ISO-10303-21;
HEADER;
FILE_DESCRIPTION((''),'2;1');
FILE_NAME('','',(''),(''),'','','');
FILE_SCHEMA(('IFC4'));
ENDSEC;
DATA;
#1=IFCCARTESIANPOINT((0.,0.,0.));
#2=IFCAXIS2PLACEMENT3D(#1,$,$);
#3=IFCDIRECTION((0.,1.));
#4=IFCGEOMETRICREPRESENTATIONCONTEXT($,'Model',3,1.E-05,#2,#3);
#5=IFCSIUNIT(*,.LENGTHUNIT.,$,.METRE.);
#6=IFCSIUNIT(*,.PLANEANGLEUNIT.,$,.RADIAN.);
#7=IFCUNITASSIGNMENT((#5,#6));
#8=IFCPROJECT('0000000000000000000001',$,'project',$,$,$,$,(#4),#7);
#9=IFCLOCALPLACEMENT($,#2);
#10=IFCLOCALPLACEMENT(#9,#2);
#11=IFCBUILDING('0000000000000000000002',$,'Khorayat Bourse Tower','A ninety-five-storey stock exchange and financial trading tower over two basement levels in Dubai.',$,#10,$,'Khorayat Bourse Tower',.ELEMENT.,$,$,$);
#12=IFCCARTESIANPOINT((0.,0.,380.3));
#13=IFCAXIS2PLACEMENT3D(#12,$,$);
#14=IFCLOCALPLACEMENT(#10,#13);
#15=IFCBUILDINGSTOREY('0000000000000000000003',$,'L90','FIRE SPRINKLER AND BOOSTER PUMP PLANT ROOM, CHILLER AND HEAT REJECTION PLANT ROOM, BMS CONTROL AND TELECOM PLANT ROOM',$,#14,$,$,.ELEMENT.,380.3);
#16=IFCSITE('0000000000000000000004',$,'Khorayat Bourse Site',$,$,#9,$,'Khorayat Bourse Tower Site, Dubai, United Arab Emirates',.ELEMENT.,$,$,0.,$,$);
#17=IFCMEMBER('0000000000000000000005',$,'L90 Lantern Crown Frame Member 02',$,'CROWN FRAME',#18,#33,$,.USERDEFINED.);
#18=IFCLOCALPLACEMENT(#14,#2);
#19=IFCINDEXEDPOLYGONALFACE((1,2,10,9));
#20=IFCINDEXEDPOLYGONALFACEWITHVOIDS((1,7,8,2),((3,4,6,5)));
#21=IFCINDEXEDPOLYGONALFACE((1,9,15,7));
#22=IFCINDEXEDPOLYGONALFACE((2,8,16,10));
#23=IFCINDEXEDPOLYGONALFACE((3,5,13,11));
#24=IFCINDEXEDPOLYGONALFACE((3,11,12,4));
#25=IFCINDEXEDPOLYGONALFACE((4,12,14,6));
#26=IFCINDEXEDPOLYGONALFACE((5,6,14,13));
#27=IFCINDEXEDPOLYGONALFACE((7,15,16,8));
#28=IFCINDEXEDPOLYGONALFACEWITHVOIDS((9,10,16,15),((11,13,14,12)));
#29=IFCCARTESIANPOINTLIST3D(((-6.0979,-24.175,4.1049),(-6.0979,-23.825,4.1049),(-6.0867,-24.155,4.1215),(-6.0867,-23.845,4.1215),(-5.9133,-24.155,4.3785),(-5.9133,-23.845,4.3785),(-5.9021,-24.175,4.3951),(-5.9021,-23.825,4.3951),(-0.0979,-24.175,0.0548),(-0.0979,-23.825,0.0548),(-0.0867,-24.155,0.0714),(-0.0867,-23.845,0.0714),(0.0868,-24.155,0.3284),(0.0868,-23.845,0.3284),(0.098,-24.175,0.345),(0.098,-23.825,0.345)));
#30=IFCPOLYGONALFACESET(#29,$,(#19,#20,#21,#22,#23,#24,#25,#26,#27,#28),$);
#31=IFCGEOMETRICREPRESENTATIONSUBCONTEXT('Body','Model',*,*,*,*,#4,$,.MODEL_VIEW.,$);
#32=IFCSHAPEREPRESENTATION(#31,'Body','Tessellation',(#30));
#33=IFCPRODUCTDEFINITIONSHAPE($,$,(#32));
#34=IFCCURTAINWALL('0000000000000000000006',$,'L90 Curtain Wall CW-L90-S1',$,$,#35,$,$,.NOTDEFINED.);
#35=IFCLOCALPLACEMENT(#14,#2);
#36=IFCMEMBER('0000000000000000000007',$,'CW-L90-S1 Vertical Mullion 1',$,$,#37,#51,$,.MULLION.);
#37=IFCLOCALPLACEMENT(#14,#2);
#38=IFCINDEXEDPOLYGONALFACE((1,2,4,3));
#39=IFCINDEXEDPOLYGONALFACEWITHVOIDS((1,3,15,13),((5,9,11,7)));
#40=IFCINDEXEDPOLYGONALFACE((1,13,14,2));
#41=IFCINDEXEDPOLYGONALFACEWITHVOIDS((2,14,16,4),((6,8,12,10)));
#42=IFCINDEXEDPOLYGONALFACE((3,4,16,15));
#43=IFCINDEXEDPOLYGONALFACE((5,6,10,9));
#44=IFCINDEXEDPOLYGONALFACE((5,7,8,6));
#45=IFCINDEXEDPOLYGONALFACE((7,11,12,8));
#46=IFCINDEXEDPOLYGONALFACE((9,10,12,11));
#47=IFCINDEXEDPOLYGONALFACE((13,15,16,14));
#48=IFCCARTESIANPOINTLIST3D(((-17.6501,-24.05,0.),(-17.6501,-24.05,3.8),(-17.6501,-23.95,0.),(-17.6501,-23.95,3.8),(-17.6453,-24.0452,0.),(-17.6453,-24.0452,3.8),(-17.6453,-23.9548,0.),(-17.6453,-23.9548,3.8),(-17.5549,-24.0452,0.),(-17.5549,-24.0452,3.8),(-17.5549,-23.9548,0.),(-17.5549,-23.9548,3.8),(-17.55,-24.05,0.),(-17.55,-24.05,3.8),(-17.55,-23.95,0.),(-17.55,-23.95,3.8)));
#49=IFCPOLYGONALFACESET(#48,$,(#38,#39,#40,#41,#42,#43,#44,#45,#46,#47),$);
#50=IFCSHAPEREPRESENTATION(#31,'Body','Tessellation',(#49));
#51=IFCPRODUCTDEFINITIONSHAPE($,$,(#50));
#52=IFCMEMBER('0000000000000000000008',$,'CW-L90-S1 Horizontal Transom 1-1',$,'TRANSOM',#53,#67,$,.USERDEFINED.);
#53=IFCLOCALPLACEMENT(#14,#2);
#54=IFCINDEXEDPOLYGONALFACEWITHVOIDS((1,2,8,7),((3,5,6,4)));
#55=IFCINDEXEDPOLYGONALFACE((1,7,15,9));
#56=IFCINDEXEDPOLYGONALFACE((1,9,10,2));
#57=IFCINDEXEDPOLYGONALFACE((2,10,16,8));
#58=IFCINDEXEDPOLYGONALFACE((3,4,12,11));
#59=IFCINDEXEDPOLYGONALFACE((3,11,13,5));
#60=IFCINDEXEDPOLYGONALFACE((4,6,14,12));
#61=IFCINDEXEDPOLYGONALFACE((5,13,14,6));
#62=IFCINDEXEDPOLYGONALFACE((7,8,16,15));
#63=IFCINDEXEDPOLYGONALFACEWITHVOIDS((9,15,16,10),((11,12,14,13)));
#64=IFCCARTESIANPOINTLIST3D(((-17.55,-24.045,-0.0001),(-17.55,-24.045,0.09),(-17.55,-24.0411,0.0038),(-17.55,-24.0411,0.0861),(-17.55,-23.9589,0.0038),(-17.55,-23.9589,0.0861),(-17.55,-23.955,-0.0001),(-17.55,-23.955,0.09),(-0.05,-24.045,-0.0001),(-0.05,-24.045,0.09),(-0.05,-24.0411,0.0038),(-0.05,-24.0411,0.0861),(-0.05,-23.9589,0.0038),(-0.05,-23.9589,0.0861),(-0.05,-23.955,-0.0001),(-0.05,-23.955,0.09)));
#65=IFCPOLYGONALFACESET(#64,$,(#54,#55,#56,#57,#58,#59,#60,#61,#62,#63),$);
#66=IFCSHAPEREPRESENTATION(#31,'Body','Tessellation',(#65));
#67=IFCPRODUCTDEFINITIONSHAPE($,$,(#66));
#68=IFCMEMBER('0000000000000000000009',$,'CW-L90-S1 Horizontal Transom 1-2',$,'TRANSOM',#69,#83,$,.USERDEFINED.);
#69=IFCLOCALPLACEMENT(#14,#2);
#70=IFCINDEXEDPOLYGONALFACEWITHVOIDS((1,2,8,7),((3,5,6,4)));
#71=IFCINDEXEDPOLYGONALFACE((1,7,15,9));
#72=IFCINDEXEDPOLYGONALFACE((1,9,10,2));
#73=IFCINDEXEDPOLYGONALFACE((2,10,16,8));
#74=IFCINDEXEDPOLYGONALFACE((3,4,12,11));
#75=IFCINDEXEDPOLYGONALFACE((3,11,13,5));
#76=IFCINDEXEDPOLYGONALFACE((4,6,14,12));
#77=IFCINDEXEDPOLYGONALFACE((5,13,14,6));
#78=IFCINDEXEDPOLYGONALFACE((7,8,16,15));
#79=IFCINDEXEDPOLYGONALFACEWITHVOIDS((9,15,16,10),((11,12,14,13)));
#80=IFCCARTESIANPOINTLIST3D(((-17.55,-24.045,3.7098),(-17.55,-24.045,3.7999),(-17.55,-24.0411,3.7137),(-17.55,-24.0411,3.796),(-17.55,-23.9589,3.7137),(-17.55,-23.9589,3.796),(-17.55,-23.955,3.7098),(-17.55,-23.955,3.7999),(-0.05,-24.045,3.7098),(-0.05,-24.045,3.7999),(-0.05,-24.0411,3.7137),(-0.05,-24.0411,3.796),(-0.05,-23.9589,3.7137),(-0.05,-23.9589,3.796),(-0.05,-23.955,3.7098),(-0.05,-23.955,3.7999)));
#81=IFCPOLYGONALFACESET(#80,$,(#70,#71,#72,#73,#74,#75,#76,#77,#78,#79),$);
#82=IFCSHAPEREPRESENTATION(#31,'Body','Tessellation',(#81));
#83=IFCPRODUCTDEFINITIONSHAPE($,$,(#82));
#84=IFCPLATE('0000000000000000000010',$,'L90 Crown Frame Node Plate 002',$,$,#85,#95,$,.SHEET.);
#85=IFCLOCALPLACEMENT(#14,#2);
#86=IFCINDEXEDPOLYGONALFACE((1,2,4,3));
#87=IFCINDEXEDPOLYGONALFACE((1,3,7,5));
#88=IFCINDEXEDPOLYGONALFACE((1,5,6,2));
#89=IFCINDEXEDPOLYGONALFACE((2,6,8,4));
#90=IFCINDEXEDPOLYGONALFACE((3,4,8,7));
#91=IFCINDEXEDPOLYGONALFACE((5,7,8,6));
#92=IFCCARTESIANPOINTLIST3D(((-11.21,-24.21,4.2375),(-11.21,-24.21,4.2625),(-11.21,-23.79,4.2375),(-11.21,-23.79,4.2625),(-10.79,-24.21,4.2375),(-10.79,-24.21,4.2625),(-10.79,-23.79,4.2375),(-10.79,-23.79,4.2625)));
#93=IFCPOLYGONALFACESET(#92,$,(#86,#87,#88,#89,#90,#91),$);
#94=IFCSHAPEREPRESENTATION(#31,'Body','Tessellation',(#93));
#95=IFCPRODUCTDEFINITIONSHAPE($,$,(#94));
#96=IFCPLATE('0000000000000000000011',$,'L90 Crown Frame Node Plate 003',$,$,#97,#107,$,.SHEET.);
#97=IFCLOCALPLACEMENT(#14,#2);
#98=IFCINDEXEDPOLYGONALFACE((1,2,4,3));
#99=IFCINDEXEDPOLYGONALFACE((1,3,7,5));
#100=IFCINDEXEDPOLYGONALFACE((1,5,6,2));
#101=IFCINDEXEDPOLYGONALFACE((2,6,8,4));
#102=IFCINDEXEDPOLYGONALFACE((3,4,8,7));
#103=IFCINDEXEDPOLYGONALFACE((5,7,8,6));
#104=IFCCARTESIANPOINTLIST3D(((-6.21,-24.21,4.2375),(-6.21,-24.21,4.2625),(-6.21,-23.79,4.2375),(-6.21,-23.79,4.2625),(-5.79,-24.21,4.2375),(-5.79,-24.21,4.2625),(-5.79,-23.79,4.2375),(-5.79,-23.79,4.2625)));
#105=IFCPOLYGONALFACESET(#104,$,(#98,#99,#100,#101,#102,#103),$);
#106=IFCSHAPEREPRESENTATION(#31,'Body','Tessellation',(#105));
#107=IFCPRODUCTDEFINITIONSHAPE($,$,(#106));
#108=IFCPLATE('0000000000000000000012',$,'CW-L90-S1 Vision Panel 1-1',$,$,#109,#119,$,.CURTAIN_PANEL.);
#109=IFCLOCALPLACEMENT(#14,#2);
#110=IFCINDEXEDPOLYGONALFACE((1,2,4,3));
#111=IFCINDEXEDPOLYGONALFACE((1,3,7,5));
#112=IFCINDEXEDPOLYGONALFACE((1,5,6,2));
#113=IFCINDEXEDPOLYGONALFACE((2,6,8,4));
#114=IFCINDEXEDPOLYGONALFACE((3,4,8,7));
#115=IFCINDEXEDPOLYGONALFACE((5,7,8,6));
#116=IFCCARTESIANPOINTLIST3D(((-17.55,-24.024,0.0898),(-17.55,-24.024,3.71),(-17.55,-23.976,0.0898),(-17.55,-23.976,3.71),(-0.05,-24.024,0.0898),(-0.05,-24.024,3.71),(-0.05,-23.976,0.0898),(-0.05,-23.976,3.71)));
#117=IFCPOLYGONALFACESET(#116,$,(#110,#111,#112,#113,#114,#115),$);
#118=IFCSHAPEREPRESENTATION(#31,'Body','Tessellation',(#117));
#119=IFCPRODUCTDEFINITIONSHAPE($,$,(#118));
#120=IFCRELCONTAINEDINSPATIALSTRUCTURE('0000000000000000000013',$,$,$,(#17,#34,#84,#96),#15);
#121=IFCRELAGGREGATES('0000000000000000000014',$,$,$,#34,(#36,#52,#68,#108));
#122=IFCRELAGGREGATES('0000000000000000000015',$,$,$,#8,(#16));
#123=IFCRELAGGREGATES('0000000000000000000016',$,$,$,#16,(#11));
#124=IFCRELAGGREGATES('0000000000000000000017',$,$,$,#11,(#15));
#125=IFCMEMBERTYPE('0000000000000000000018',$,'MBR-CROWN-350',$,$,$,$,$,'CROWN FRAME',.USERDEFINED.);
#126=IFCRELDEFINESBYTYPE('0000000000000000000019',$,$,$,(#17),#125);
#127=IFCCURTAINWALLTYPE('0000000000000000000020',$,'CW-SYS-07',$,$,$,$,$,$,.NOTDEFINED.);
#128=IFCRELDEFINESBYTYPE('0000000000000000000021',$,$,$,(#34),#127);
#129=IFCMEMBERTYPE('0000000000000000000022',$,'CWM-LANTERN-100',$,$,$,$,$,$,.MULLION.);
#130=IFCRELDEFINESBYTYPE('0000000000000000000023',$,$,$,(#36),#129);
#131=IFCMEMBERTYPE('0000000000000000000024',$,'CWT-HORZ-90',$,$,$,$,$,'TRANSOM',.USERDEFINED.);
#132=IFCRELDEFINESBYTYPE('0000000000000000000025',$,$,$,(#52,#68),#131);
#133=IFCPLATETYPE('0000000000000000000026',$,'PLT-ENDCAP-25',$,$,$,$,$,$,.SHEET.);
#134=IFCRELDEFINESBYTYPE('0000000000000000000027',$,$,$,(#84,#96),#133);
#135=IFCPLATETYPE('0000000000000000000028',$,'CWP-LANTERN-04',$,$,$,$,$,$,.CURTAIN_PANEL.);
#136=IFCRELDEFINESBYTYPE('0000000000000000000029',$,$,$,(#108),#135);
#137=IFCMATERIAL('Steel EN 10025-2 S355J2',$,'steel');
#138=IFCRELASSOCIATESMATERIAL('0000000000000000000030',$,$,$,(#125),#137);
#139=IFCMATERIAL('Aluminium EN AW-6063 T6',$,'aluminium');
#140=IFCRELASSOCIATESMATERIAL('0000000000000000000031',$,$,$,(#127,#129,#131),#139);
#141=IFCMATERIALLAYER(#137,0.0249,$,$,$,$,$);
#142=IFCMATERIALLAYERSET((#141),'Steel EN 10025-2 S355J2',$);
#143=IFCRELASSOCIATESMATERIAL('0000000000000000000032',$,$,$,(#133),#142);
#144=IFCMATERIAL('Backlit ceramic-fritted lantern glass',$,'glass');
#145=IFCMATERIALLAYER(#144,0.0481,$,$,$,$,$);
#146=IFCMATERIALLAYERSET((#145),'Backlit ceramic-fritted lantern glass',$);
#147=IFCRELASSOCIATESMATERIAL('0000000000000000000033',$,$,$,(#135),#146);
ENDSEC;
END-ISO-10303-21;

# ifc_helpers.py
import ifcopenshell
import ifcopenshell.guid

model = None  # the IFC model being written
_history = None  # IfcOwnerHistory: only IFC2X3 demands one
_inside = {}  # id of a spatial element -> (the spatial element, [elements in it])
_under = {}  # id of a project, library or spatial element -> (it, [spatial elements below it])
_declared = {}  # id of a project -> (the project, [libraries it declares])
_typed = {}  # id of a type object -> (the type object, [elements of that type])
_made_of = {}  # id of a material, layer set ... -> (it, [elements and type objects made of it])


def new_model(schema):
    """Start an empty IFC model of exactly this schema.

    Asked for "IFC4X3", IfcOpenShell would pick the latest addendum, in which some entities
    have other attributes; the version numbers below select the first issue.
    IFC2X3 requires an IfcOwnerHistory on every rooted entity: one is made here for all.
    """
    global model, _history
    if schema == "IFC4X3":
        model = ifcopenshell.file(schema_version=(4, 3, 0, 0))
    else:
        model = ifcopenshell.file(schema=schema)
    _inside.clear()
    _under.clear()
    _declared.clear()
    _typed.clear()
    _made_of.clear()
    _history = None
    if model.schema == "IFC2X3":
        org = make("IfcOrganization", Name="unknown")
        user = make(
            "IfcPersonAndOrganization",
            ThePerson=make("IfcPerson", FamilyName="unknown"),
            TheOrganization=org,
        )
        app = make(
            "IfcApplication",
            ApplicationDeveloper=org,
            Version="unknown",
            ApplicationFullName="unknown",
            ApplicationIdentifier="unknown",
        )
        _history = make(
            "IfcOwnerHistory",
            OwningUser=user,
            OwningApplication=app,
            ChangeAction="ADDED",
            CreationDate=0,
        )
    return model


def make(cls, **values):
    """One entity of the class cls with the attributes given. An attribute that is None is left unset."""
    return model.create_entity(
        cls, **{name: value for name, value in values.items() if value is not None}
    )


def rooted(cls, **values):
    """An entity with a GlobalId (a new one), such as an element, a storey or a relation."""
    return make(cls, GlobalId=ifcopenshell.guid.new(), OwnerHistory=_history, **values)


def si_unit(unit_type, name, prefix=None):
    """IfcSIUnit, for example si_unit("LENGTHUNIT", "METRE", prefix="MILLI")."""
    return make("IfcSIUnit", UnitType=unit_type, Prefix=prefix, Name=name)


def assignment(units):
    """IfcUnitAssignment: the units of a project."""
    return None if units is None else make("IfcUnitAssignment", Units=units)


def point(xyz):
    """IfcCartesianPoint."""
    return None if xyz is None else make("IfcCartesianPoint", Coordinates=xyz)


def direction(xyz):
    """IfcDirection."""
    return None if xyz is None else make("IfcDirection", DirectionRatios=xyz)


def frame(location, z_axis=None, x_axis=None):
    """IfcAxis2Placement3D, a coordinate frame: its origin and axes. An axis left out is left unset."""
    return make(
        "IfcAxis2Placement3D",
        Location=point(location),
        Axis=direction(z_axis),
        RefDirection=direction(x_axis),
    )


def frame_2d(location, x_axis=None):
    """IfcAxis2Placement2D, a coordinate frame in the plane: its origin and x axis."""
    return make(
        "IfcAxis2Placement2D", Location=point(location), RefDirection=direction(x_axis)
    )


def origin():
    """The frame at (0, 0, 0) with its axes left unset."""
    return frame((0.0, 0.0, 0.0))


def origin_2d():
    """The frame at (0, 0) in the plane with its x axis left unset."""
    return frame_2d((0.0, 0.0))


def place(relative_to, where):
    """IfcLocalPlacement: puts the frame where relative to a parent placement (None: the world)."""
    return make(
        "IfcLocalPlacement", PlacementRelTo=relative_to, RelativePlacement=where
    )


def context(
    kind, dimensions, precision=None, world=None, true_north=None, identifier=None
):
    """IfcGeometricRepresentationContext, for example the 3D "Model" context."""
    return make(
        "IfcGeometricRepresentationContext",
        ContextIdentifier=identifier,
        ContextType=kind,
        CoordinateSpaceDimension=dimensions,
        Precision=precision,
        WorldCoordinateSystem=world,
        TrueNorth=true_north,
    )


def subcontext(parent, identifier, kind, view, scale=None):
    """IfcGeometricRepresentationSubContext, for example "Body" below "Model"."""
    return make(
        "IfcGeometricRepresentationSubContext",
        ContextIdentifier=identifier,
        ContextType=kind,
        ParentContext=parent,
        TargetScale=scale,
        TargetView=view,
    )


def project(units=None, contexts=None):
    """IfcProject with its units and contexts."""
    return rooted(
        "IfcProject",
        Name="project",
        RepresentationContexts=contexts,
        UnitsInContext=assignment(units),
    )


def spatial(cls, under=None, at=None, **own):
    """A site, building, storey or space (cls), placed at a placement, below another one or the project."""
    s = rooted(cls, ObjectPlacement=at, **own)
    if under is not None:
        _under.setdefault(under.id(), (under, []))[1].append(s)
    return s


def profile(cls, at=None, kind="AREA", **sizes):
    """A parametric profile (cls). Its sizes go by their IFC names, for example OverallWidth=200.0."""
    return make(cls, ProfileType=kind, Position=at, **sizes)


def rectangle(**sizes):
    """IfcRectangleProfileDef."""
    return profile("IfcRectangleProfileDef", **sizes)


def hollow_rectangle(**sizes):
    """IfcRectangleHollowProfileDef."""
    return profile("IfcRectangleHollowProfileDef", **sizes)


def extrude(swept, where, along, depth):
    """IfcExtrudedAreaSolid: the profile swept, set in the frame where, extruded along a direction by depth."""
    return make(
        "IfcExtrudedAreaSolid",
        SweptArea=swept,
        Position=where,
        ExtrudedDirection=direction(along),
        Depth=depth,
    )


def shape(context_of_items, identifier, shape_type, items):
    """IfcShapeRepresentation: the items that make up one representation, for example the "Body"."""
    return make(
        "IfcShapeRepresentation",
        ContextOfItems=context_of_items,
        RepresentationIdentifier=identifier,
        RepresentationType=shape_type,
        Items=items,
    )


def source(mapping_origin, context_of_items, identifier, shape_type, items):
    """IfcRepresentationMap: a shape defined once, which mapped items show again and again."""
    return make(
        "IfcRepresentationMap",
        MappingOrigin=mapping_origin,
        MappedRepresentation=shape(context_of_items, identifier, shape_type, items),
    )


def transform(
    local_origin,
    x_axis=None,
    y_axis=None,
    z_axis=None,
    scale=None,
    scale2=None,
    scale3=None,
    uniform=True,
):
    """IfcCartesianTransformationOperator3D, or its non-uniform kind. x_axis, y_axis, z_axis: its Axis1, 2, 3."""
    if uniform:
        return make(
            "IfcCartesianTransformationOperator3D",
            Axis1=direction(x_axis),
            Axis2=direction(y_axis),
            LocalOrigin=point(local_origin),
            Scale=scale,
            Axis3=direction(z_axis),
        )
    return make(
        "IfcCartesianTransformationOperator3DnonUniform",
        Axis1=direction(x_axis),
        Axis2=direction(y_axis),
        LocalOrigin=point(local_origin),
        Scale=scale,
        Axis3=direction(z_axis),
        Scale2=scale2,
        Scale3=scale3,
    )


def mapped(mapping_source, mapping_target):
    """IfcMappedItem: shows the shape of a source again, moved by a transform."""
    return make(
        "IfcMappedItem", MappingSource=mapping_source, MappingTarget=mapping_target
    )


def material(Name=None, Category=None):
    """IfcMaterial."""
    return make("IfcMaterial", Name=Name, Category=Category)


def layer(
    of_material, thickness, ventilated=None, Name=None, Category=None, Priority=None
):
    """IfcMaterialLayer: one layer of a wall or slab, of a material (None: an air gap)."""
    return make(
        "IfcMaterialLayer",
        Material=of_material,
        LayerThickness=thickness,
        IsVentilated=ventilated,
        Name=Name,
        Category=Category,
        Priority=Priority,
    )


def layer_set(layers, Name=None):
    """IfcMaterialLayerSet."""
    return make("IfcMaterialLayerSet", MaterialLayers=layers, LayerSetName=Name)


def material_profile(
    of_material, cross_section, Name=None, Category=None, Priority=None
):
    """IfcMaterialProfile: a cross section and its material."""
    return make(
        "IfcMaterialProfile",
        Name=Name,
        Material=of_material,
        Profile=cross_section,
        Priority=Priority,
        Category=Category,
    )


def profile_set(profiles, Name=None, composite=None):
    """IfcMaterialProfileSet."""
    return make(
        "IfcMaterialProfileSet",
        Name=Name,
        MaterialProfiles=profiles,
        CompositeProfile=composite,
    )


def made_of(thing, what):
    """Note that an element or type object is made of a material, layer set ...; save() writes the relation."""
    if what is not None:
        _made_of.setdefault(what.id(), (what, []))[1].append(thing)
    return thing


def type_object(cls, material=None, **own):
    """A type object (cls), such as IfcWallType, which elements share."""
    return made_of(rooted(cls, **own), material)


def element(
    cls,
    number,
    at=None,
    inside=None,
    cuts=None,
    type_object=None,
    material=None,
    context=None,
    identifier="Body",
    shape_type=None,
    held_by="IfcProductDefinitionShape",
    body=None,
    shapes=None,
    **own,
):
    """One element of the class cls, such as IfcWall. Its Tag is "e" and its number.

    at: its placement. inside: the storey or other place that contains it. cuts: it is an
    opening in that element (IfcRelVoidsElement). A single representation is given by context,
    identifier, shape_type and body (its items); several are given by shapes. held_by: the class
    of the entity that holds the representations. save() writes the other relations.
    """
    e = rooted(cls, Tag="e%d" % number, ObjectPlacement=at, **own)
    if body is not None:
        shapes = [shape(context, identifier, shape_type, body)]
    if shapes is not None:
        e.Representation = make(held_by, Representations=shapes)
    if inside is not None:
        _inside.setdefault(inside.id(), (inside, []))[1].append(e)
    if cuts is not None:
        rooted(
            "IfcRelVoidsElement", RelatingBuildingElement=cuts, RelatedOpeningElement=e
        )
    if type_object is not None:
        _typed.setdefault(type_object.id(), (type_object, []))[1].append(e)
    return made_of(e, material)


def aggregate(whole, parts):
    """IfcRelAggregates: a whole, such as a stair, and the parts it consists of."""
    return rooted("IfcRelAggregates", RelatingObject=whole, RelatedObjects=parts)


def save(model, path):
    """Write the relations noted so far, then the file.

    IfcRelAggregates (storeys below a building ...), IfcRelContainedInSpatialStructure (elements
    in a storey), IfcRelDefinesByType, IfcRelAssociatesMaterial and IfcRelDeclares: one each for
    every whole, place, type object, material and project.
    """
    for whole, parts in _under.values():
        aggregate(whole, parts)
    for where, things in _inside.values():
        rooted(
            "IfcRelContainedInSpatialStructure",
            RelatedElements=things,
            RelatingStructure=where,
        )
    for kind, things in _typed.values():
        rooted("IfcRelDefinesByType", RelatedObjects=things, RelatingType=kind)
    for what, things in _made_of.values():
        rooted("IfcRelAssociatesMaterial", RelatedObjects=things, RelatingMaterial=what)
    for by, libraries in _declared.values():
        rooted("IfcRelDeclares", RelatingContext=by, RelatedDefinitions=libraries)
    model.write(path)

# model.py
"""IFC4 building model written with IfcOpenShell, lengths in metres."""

from ifc_helpers import new_model, si_unit, direction, frame, origin, origin_2d, place, context, subcontext, project, spatial, rectangle, hollow_rectangle, extrude, source, transform, mapped, material, layer, layer_set, material_profile, profile_set, type_object, element, aggregate, save


model = new_model("IFC4")

# Units and contexts
model_context = context("Model", 3, precision=1e-05, world=origin(), true_north=direction((0.0, 1.0)))
body_context = subcontext(model_context, "Body", "Model", "MODEL_VIEW")
ifc_project = project(units=[si_unit("LENGTHUNIT", "METRE"), si_unit("PLANEANGLEUNIT", "RADIAN")], contexts=[model_context])

# Site, building, storey
site_placement = place(None, origin())
site = spatial("IfcSite", under=ifc_project, at=site_placement, Name="Khorayat Bourse Site", LongName="Khorayat Bourse Tower Site, Dubai, United Arab Emirates", CompositionType="ELEMENT", RefElevation=0.0)
building_placement = place(site_placement, origin())
building = spatial("IfcBuilding", under=site, at=building_placement, Name="Khorayat Bourse Tower", Description="A ninety-five-storey stock exchange and financial trading tower over two basement levels in Dubai.", LongName="Khorayat Bourse Tower", CompositionType="ELEMENT")
storey_placement = place(building_placement, frame((0.0, 0.0, 380.3)))
storey = spatial("IfcBuildingStorey", under=building, at=storey_placement, Name="L90", Description="FIRE SPRINKLER AND BOOSTER PUMP PLANT ROOM, CHILLER AND HEAT REJECTION PLANT ROOM, BMS CONTROL AND TELECOM PLANT ROOM", CompositionType="ELEMENT", Elevation=380.3)

# Shared definitions
ifc_material_1 = material(Name="Steel EN 10025-2 S355J2", Category="steel")

# Member
ifc_material_profile_1 = material_profile(ifc_material_1, hollow_rectangle(XDim=0.3501, YDim=0.3501, WallThickness=0.02, at=origin_2d()), Name="HSS 350x350x20")
ifc_profile_set_1 = profile_set([ifc_material_profile_1], Name="Steel EN 10025-2 S355J2")
member_type_1 = type_object("IfcMemberType", Name="MBR-CROWN-350", ElementType="CROWN FRAME", PredefinedType="USERDEFINED", material=ifc_profile_set_1)
shared_shape_1 = source(origin(), body_context, "Body", "SweptSolid", [
    extrude(hollow_rectangle(XDim=0.3501, YDim=0.3501, WallThickness=0.02, at=origin_2d()), origin(), (0.0, 0.0, 1.0), 7.239),
])
member_1_placement = place(storey_placement, frame((-6.0, -24.0, 4.25), z_axis=(0.828846, 0.0, -0.559477), x_axis=(0.0, 1.0, 0.0)))
element("IfcMember", 1, at=member_1_placement, inside=storey, type_object=member_type_1, Name="L90 Lantern Crown Frame Member 02", ObjectType="CROWN FRAME", PredefinedType="USERDEFINED", context=body_context, shape_type="MappedRepresentation", body=[
    mapped(shared_shape_1, transform((0.0, 0.0, 0.0), scale=1.0)),
])

# Curtain wall, members
ifc_material_2 = material(Name="Aluminium EN AW-6063 T6", Category="aluminium")
curtain_wall_type = type_object("IfcCurtainWallType", Name="CW-SYS-07", PredefinedType="NOTDEFINED", material=ifc_material_2)
curtain_wall_placement = place(storey_placement, origin())
curtain_wall = element("IfcCurtainWall", 2, at=curtain_wall_placement, inside=storey, type_object=curtain_wall_type, Name="L90 Curtain Wall CW-L90-S1", PredefinedType="NOTDEFINED")
ifc_material_profile_2 = material_profile(ifc_material_2, hollow_rectangle(XDim=0.1001, YDim=0.1001, WallThickness=0.0049, at=origin_2d()), Name="ALU 100x100x5")
ifc_profile_set_2 = profile_set([ifc_material_profile_2], Name="Aluminium EN AW-6063 T6")
member_type_2 = type_object("IfcMemberType", Name="CWM-LANTERN-100", PredefinedType="MULLION", material=ifc_profile_set_2)
shared_shape_2 = source(origin(), body_context, "Body", "SweptSolid", [
    extrude(hollow_rectangle(XDim=0.1001, YDim=0.1001, WallThickness=0.0049, at=origin_2d()), origin(), (0.0, 0.0, 1.0), 3.8),
])
member_2_placement = place(storey_placement, frame((-17.6001, -24.0, 0.0), z_axis=(0.0, 0.0, 1.0), x_axis=(0.0, 1.0, 0.0)))
member_2 = element("IfcMember", 3, at=member_2_placement, type_object=member_type_2, Name="CW-L90-S1 Vertical Mullion 1", PredefinedType="MULLION", context=body_context, shape_type="MappedRepresentation", body=[
    mapped(shared_shape_2, transform((0.0, 0.0, 0.0), scale=1.0)),
])
ifc_material_profile_3 = material_profile(ifc_material_2, hollow_rectangle(XDim=0.0901, YDim=0.0901, WallThickness=0.0039, at=origin_2d()), Name="ALU 90x90x4")
ifc_profile_set_3 = profile_set([ifc_material_profile_3], Name="Aluminium EN AW-6063 T6")
member_type_3 = type_object("IfcMemberType", Name="CWT-HORZ-90", ElementType="TRANSOM", PredefinedType="USERDEFINED", material=ifc_profile_set_3)
shared_shape_3 = source(origin(), body_context, "Body", "SweptSolid", [
    extrude(hollow_rectangle(XDim=0.0901, YDim=0.0901, WallThickness=0.0039, at=origin_2d()), origin(), (0.0, 0.0, 1.0), 17.5),
])
member_3_placement = place(storey_placement, frame((-17.55, -24.0, 0.0449), z_axis=(1.0, 0.0, 0.0), x_axis=(0.0, 1.0, 0.0)))
member_3 = element("IfcMember", 4, at=member_3_placement, type_object=member_type_3, Name="CW-L90-S1 Horizontal Transom 1-1", ObjectType="TRANSOM", PredefinedType="USERDEFINED", context=body_context, shape_type="MappedRepresentation", body=[
    mapped(shared_shape_3, transform((0.0, 0.0, 0.0), scale=1.0)),
])
member_4_placement = place(storey_placement, frame((-17.55, -24.0, 3.7549), z_axis=(1.0, 0.0, 0.0), x_axis=(0.0, 1.0, 0.0)))
member_4 = element("IfcMember", 5, at=member_4_placement, type_object=member_type_3, Name="CW-L90-S1 Horizontal Transom 1-2", ObjectType="TRANSOM", PredefinedType="USERDEFINED", context=body_context, shape_type="MappedRepresentation", body=[
    mapped(shared_shape_3, transform((0.0, 0.0, 0.0), scale=1.0)),
])

# Plates
ifc_layer_1 = layer(ifc_material_1, 0.0249)
ifc_layer_set_1 = layer_set([ifc_layer_1], Name="Steel EN 10025-2 S355J2")
plate_type_1 = type_object("IfcPlateType", Name="PLT-ENDCAP-25", PredefinedType="SHEET", material=ifc_layer_set_1)
shared_shape_4 = source(origin(), body_context, "Body", "SweptSolid", [
    extrude(rectangle(XDim=0.4199, YDim=0.4199, at=origin_2d()), origin(), (0.0, 0.0, 1.0), 0.0249),
])
for number, where, z_axis, x_axis, name in (
    (6, (-11.0, -24.0, 4.2375), (0.0, 0.0, 1.0), (1.0, 0.0, 0.0), "L90 Crown Frame Node Plate 002"),
    (7, (-6.0, -24.0, 4.2375), (0.0, 0.0, 1.0), (1.0, 0.0, 0.0), "L90 Crown Frame Node Plate 003"),
):
    element("IfcPlate", number, at=place(storey_placement, frame(where, z_axis=z_axis, x_axis=x_axis)), inside=storey, type_object=plate_type_1, Name=name, PredefinedType="SHEET", context=body_context, shape_type="MappedRepresentation", body=[
        mapped(shared_shape_4, transform((0.0, 0.0, 0.0), scale=1.0)),
    ])

# Plate
ifc_material_3 = material(Name="Backlit ceramic-fritted lantern glass", Category="glass")
ifc_layer_2 = layer(ifc_material_3, 0.0481)
ifc_layer_set_2 = layer_set([ifc_layer_2], Name="Backlit ceramic-fritted lantern glass")
plate_type_2 = type_object("IfcPlateType", Name="CWP-LANTERN-04", PredefinedType="CURTAIN_PANEL", material=ifc_layer_set_2)
shared_shape_5 = source(origin(), body_context, "Body", "SweptSolid", [
    extrude(rectangle(XDim=17.5, YDim=0.0481, at=origin_2d()), origin(), (0.0, 0.0, 1.0), 3.6201),
])
plate_placement = place(storey_placement, frame((-8.8, -24.0, 0.0898), z_axis=(0.0, 0.0, 1.0), x_axis=(1.0, 0.0, 0.0)))
plate = element("IfcPlate", 8, at=plate_placement, type_object=plate_type_2, Name="CW-L90-S1 Vision Panel 1-1", PredefinedType="CURTAIN_PANEL", context=body_context, shape_type="MappedRepresentation", body=[
    mapped(shared_shape_5, transform((0.0, 0.0, 0.0), scale=1.0)),
])
aggregate(curtain_wall, [member_2, member_3, member_4, plate])

save(model, "model.ifc")
